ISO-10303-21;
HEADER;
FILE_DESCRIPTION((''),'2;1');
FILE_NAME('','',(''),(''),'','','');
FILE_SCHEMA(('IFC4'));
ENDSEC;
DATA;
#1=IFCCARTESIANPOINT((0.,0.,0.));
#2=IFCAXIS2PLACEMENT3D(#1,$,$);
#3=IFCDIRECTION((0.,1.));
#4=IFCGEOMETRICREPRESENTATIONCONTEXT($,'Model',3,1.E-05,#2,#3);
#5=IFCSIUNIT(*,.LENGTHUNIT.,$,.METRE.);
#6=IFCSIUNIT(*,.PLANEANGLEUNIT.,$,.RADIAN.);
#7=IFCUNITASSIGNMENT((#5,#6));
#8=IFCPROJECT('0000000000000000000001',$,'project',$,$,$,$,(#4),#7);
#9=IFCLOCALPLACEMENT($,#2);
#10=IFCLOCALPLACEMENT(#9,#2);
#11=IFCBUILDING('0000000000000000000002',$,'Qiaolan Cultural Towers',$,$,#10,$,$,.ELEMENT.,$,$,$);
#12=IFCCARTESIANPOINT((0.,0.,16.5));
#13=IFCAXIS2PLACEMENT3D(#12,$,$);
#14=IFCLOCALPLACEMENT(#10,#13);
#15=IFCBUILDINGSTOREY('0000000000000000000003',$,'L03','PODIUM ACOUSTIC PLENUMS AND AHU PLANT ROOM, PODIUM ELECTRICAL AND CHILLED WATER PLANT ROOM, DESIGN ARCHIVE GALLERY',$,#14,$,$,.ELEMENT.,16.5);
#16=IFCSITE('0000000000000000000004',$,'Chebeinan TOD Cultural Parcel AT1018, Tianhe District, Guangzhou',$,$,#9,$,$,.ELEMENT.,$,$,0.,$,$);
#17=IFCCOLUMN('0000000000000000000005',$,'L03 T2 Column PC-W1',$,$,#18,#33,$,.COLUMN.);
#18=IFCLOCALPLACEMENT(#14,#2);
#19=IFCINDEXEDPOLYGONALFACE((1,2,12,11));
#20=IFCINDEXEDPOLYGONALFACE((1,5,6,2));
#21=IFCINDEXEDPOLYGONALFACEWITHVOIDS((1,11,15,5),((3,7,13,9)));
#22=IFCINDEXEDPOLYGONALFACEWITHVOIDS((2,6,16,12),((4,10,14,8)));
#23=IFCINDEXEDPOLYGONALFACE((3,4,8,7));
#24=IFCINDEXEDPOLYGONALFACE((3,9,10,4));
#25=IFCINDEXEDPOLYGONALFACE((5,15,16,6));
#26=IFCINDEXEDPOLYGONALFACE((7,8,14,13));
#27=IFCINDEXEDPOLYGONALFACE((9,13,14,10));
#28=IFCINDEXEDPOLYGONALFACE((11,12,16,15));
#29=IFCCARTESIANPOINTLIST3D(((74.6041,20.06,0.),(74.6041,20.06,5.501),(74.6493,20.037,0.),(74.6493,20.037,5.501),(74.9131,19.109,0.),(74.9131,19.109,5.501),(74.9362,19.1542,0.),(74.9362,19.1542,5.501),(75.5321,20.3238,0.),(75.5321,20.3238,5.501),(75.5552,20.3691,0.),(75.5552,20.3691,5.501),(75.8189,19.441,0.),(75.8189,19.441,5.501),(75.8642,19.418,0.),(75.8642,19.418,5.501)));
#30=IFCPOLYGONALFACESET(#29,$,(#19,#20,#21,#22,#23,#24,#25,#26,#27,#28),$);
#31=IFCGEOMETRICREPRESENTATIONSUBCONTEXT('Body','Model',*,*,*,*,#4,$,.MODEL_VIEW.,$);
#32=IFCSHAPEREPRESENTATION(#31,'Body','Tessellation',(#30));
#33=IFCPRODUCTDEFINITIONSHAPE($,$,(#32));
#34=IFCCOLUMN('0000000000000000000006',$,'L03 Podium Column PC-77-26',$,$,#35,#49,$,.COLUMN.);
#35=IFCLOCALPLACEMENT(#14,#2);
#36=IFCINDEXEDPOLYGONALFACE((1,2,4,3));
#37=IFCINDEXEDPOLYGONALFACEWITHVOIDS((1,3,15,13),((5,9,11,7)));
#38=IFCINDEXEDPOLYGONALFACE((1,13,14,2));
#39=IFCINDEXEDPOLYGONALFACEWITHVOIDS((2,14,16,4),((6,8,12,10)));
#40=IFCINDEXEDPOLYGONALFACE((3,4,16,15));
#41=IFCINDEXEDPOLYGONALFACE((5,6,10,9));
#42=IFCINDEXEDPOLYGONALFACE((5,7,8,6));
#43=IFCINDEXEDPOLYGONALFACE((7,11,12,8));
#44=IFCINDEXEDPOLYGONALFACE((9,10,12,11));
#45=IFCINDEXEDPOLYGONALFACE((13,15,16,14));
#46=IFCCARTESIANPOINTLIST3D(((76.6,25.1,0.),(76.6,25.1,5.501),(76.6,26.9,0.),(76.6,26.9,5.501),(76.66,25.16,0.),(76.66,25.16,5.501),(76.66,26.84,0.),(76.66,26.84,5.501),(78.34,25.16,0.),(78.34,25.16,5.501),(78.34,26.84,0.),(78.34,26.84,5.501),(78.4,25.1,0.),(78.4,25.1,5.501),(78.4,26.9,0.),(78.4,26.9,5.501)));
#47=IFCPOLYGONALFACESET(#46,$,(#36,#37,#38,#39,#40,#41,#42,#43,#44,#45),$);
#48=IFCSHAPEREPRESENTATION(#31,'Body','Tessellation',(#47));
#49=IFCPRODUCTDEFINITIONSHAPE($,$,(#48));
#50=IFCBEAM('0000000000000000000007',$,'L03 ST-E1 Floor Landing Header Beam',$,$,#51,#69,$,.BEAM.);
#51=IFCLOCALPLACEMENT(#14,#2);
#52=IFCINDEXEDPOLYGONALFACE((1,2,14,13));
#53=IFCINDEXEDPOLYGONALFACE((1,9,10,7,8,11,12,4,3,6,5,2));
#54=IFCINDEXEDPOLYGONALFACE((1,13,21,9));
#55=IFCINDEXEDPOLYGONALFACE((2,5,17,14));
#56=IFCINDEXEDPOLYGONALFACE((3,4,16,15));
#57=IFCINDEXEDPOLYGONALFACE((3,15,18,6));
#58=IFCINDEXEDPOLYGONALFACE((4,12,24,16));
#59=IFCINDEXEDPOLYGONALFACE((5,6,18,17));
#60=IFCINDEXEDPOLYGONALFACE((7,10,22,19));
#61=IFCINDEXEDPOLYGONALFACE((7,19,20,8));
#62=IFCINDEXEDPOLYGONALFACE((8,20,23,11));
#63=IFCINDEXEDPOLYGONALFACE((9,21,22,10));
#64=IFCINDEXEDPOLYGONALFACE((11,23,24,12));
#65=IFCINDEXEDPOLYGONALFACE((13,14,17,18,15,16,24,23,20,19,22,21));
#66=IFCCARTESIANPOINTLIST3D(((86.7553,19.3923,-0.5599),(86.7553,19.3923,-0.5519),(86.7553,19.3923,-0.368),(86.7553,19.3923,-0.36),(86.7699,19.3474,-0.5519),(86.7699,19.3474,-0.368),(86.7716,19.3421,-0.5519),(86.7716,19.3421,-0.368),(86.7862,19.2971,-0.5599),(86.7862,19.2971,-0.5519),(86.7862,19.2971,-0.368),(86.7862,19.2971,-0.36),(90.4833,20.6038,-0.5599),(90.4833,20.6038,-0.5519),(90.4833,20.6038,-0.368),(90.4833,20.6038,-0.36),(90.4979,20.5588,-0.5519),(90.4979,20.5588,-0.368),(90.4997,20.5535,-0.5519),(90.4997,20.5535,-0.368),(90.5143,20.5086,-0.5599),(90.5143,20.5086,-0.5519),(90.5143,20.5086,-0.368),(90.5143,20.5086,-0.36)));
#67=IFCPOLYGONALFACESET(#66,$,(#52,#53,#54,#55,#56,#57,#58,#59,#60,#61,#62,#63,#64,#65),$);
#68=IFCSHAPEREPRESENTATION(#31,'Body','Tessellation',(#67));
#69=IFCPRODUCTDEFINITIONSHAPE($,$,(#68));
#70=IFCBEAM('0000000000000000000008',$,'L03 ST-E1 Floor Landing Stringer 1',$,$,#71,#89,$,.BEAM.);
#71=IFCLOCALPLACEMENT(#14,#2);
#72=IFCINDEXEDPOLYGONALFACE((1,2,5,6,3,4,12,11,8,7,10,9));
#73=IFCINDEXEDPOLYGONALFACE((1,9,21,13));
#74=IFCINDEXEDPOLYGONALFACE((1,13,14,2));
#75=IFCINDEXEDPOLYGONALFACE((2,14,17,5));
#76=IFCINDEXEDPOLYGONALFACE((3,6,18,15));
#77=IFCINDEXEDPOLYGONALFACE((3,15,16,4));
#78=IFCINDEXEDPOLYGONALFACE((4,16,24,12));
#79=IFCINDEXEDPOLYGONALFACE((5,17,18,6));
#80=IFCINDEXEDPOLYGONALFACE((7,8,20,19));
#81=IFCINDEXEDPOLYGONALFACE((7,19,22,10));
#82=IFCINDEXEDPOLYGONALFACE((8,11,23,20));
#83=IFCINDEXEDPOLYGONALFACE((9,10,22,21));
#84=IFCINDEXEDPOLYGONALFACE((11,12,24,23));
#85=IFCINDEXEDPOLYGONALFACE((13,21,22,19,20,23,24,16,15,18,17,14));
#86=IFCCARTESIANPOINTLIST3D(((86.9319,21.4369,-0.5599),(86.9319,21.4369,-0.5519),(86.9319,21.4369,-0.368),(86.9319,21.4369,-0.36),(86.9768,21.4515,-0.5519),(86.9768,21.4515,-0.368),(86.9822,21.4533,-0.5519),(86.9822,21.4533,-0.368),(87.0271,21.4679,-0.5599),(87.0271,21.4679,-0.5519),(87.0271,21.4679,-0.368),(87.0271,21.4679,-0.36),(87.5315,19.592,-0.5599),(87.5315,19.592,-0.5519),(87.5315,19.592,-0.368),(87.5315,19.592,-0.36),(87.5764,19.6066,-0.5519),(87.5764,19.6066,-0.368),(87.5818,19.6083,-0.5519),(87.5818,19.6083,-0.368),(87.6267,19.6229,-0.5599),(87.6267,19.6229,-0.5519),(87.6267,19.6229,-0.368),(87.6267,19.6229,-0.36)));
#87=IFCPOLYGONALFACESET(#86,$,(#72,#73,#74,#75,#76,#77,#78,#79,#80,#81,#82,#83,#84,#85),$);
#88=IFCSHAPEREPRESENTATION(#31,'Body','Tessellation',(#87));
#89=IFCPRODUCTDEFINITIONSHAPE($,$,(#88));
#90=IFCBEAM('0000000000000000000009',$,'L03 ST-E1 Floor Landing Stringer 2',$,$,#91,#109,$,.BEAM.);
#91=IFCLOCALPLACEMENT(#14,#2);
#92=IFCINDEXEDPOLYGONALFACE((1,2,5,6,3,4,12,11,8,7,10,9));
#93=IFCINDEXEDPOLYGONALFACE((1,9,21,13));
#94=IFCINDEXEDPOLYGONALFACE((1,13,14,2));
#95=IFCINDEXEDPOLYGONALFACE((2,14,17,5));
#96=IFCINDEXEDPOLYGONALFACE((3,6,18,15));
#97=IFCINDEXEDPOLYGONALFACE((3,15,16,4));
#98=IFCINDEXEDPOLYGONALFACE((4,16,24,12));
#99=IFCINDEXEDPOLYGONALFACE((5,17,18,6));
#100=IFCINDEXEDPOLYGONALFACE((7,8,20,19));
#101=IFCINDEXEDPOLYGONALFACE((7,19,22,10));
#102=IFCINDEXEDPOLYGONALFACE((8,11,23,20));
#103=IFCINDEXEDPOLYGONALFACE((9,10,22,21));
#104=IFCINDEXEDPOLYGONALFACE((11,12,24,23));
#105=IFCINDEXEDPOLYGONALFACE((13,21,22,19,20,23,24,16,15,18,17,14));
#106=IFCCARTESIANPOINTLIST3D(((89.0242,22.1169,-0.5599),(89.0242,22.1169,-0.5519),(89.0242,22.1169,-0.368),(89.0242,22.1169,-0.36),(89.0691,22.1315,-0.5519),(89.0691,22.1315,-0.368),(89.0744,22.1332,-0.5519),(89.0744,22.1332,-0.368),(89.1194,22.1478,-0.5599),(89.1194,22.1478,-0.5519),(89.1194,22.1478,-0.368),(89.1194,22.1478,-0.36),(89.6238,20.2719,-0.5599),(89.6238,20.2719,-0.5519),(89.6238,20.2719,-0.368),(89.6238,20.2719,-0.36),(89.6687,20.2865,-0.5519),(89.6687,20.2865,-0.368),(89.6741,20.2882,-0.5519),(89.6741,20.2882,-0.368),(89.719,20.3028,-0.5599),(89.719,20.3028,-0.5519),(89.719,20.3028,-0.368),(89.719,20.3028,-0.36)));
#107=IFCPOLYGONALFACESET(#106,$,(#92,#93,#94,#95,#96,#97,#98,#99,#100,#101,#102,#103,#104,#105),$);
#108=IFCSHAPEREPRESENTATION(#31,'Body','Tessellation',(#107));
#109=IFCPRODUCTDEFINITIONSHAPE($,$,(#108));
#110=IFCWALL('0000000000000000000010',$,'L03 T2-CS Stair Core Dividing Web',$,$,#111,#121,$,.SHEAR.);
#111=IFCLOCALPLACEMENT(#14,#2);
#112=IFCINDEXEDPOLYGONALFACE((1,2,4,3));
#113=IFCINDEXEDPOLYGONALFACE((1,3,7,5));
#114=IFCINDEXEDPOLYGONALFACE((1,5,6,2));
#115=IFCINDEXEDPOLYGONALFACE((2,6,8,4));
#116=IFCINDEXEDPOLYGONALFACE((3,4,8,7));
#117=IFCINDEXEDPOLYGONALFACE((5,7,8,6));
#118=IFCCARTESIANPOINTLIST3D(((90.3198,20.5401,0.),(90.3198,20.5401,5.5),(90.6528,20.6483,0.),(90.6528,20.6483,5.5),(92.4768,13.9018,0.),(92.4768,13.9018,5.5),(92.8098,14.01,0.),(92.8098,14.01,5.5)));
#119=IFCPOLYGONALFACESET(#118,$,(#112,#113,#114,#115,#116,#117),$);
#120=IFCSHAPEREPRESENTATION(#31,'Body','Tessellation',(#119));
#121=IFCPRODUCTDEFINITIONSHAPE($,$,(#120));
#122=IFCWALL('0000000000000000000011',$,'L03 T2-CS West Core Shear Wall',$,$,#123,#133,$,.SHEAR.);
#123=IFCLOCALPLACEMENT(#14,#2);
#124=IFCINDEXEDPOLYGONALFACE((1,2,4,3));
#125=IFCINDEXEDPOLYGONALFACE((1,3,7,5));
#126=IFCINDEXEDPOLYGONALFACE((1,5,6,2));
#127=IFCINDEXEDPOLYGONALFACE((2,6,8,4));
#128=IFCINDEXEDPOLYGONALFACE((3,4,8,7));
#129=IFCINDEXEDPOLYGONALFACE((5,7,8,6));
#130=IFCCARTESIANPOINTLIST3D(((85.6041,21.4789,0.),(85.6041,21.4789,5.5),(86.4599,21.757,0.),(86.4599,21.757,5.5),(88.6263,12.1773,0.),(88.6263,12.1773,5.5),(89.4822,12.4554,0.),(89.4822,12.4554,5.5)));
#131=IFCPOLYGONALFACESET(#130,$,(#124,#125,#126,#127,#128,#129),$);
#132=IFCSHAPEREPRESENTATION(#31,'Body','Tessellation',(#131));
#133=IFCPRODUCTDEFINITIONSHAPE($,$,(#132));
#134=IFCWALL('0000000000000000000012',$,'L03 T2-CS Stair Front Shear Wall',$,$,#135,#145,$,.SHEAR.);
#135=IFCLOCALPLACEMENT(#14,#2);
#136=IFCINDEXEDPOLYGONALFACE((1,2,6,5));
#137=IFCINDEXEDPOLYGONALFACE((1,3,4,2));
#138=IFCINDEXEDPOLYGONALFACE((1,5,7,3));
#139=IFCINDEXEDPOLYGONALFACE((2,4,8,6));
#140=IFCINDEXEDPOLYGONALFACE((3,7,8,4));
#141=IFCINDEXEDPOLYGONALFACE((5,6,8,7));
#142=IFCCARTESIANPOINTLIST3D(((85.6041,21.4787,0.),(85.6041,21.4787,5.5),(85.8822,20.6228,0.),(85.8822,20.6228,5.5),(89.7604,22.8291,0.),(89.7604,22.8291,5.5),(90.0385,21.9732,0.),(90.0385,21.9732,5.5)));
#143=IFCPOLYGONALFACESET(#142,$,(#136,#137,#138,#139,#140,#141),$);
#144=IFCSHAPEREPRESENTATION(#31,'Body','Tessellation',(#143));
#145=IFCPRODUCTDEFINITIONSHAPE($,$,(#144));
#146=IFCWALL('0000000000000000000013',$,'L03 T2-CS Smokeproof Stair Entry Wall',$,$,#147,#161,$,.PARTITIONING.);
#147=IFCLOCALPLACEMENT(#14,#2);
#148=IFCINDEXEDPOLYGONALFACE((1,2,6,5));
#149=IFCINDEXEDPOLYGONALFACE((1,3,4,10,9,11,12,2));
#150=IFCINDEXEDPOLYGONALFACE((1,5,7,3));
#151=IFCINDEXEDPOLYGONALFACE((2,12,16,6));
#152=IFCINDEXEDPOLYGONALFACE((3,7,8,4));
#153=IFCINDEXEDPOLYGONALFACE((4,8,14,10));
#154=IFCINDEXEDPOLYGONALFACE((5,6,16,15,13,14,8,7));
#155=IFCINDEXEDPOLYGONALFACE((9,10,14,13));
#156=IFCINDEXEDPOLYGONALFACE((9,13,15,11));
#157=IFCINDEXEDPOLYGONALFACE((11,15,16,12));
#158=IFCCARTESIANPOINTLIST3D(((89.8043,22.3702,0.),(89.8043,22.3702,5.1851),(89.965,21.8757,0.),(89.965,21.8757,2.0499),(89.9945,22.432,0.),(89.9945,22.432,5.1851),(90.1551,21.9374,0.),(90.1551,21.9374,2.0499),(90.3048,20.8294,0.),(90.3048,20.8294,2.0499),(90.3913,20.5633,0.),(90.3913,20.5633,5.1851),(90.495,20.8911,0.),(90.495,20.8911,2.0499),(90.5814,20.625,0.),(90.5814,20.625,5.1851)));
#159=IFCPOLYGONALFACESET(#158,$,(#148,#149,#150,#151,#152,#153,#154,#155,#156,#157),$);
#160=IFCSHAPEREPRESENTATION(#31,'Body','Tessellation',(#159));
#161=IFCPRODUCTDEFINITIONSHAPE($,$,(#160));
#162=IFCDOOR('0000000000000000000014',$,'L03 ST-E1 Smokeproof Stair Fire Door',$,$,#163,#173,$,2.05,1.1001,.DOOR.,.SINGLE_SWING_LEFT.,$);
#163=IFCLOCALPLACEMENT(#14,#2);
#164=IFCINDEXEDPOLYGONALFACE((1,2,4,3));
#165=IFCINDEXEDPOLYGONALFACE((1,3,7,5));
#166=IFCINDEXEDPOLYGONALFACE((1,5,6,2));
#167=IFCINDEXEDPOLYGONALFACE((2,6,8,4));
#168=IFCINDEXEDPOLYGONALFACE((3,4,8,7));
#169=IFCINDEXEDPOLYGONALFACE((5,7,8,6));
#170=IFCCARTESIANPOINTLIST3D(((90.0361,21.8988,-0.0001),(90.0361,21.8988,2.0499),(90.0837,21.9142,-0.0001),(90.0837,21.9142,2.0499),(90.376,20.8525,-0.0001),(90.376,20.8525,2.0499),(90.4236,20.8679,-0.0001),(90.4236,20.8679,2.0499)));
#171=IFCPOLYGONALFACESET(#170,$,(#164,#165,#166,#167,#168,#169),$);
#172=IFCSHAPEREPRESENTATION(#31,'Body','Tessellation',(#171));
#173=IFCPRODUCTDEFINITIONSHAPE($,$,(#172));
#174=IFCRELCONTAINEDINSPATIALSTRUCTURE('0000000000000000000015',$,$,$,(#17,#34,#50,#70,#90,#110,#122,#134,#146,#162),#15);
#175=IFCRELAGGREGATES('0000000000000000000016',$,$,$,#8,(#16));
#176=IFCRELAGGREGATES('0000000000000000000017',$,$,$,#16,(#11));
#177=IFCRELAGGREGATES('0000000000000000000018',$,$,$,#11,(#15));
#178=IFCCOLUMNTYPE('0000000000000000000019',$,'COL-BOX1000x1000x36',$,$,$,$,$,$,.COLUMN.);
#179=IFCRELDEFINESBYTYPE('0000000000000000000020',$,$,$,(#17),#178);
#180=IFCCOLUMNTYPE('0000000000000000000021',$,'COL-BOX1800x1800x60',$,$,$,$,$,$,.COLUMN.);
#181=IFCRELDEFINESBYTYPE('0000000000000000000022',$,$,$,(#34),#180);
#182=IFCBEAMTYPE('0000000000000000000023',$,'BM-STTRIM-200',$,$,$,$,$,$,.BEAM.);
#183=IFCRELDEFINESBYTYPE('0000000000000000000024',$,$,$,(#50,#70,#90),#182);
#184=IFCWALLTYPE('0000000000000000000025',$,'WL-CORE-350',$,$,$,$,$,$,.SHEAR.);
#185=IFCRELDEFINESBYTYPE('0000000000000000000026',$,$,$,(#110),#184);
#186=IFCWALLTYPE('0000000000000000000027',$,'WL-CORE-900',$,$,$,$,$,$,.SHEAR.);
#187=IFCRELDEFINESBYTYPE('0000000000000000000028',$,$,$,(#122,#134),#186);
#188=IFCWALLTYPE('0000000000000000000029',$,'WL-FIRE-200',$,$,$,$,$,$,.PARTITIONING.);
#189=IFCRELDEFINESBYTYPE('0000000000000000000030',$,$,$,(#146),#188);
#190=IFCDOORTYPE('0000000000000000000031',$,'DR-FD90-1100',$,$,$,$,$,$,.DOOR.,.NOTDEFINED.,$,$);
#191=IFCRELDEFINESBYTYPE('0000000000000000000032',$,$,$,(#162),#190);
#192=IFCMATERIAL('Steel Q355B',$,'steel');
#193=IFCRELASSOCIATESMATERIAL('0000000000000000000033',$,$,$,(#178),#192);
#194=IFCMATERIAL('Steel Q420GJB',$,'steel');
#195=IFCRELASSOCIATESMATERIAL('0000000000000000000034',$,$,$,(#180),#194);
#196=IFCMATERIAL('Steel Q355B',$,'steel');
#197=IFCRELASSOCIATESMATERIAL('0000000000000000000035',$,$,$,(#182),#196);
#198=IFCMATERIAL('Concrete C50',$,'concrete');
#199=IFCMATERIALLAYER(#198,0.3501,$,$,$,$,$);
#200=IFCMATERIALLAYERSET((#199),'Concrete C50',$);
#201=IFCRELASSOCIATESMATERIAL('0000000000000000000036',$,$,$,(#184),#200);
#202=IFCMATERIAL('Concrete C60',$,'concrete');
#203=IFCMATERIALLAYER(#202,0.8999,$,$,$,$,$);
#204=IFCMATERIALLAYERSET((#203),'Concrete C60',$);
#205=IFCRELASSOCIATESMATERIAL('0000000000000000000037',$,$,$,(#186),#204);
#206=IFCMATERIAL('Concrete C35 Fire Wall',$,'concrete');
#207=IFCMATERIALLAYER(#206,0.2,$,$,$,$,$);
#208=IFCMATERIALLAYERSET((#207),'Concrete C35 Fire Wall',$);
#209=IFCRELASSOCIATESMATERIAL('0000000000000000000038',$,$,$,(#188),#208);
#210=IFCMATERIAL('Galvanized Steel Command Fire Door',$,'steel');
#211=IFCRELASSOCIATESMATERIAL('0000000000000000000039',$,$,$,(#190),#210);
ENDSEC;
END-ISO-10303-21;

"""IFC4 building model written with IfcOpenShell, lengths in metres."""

from ifc_helpers import new_model, si_unit, direction, frame, frame_2d, origin, origin_2d, place, context, subcontext, project, spatial, rectangle, hollow_rectangle, i_section, extrude, material, layer, layer_set, material_profile, profile_set, type_object, element, fill, save


model = new_model("IFC4")

# Units and contexts
model_context = context("Model", 3, precision=1e-05, world=origin(), true_north=direction((0.0, 1.0)))
body_context = subcontext(model_context, "Body", "Model", "MODEL_VIEW")
ifc_project = project(units=[si_unit("LENGTHUNIT", "METRE"), si_unit("PLANEANGLEUNIT", "RADIAN")], contexts=[model_context])

# Site, building, storey
site_placement = place(None, origin())
site = spatial("IfcSite", under=ifc_project, at=site_placement, Name="Chebeinan TOD Cultural Parcel AT1018, Tianhe District, Guangzhou", CompositionType="ELEMENT", RefElevation=0.0)
building_placement = place(site_placement, origin())
building = spatial("IfcBuilding", under=site, at=building_placement, Name="Qiaolan Cultural Towers", CompositionType="ELEMENT")
storey_placement = place(building_placement, frame((0.0, 0.0, 16.5)))
storey = spatial("IfcBuildingStorey", under=building, at=storey_placement, Name="L03", Description="PODIUM ACOUSTIC PLENUMS AND AHU PLANT ROOM, PODIUM ELECTRICAL AND CHILLED WATER PLANT ROOM, DESIGN ARCHIVE GALLERY", CompositionType="ELEMENT", Elevation=16.5)

# Columns
ifc_material_1 = material(Name="Steel Q355B", Category="steel")
ifc_material_profile_1 = material_profile(ifc_material_1, hollow_rectangle(XDim=1.0, YDim=1.0, WallThickness=0.0359, at=origin_2d()), Name="BOX1000x1000x36")
ifc_profile_set_1 = profile_set([ifc_material_profile_1], Name="Steel Q355B")
column_type_1 = type_object("IfcColumnType", Name="COL-BOX1000x1000x36", PredefinedType="COLUMN", material=ifc_profile_set_1)
column_1_placement = place(storey_placement, frame((75.2341, 19.739, 0.0), z_axis=(0.0, 0.0, 1.0), x_axis=(0.951057, 0.309017, 0.0)))
element("IfcColumn", 1, at=column_1_placement, inside=storey, type_object=column_type_1, Name="L03 T2 Column PC-W1", PredefinedType="COLUMN", context=body_context, shape_type="SweptSolid", body=[
    extrude(hollow_rectangle(XDim=1.0, YDim=1.0, WallThickness=0.0359, at=origin_2d()), origin(), (0.0, 0.0, 1.0), 5.501),
])
ifc_material_2 = material(Name="Steel Q420GJB", Category="steel")
ifc_material_profile_2 = material_profile(ifc_material_2, hollow_rectangle(XDim=1.8, YDim=1.8, WallThickness=0.0601, at=origin_2d()), Name="BOX1800x1800x60")
ifc_profile_set_2 = profile_set([ifc_material_profile_2], Name="Steel Q420GJB")
column_type_2 = type_object("IfcColumnType", Name="COL-BOX1800x1800x60", PredefinedType="COLUMN", material=ifc_profile_set_2)
column_2_placement = place(storey_placement, frame((77.5, 26.0, 0.0), z_axis=(0.0, 0.0, 1.0), x_axis=(1.0, 0.0, 0.0)))
element("IfcColumn", 2, at=column_2_placement, inside=storey, type_object=column_type_2, Name="L03 Podium Column PC-77-26", PredefinedType="COLUMN", context=body_context, shape_type="SweptSolid", body=[
    extrude(hollow_rectangle(XDim=1.8, YDim=1.8, WallThickness=0.0601, at=origin_2d()), origin(), (0.0, 0.0, 1.0), 5.501),
])

# Beams
ifc_material_3 = material(Name="Steel Q355B", Category="steel")
ifc_material_profile_3 = material_profile(ifc_material_3, i_section(OverallWidth=0.1001, OverallDepth=0.2, WebThickness=0.0056, FlangeThickness=0.0081, at=origin_2d()), Name="HN200x100x5.5x8")
ifc_profile_set_3 = profile_set([ifc_material_profile_3], Name="Steel Q355B")
beam_type = type_object("IfcBeamType", Name="BM-STTRIM-200", PredefinedType="BEAM", material=ifc_profile_set_3)
beam_placement = place(storey_placement, frame((86.7708, 19.3447, -0.46), z_axis=(0.951048, 0.309044, 0.0), x_axis=(-0.309044, 0.951048, 0.0)))
element("IfcBeam", 3, at=beam_placement, inside=storey, type_object=beam_type, Name="L03 ST-E1 Floor Landing Header Beam", PredefinedType="BEAM", context=body_context, shape_type="SweptSolid", body=[
    extrude(i_section(OverallWidth=0.1001, OverallDepth=0.2, WebThickness=0.0056, FlangeThickness=0.0081, at=origin_2d()), origin(), (0.0, 0.0, 1.0), 3.9199),
])
for number, where, z_axis, x_axis, name in (
    (4, (86.9795, 21.4524, -0.46), (0.309083, -0.951035, 0.0), (0.951035, 0.309083, 0.0), "L03 ST-E1 Floor Landing Stringer 1"),
    (5, (89.0718, 22.1323, -0.46), (0.309083, -0.951035, 0.0), (0.951035, 0.309083, 0.0), "L03 ST-E1 Floor Landing Stringer 2"),
):
    element("IfcBeam", number, at=place(storey_placement, frame(where, z_axis=z_axis, x_axis=x_axis)), inside=storey, type_object=beam_type, Name=name, PredefinedType="BEAM", context=body_context, shape_type="SweptSolid", body=[
        extrude(i_section(OverallWidth=0.1001, OverallDepth=0.2, WebThickness=0.0056, FlangeThickness=0.0081, at=origin_2d()), origin(), (0.0, 0.0, 1.0), 1.9399),
    ])

# Walls
ifc_material_4 = material(Name="Concrete C50", Category="concrete")
ifc_layer_1 = layer(ifc_material_4, 0.3501)
ifc_layer_set_1 = layer_set([ifc_layer_1], Name="Concrete C50")
wall_type_1 = type_object("IfcWallType", Name="WL-CORE-350", PredefinedType="SHEAR", material=ifc_layer_set_1)
wall_1_placement = place(storey_placement, frame((90.4863, 20.5942, 0.0), z_axis=(0.0, 0.0, 1.0), x_axis=(0.30902, -0.951055, 0.0)))
element("IfcWall", 6, at=wall_1_placement, inside=storey, type_object=wall_type_1, Name="L03 T2-CS Stair Core Dividing Web", PredefinedType="SHEAR", context=body_context, shape_type="SweptSolid", body=[
    extrude(rectangle(XDim=6.98, YDim=0.3501, at=frame_2d((3.49, 0.0))), origin(), (0.0, 0.0, 1.0), 5.5),
])
ifc_material_5 = material(Name="Concrete C60", Category="concrete")
ifc_layer_2 = layer(ifc_material_5, 0.8999)
ifc_layer_set_2 = layer_set([ifc_layer_2], Name="Concrete C60")
wall_type_2 = type_object("IfcWallType", Name="WL-CORE-900", PredefinedType="SHEAR", material=ifc_layer_set_2)
wall_2_placement = place(storey_placement, frame((86.032, 21.6179, 0.0), z_axis=(0.0, 0.0, 1.0), x_axis=(0.309014, -0.951057, 0.0)))
element("IfcWall", 7, at=wall_2_placement, inside=storey, type_object=wall_type_2, Name="L03 T2-CS West Core Shear Wall", PredefinedType="SHEAR", context=body_context, shape_type="SweptSolid", body=[
    extrude(rectangle(XDim=9.7803, YDim=0.8999, at=frame_2d((4.8901, 0.0))), origin(), (0.0, 0.0, 1.0), 5.5),
])
wall_3_placement = place(storey_placement, frame((85.7432, 21.0508, 0.0), z_axis=(0.0, 0.0, 1.0), x_axis=(0.951064, 0.308995, 0.0)))
element("IfcWall", 8, at=wall_3_placement, inside=storey, type_object=wall_type_2, Name="L03 T2-CS Stair Front Shear Wall", PredefinedType="SHEAR", context=body_context, shape_type="SweptSolid", body=[
    extrude(rectangle(XDim=4.3701, YDim=0.8999, at=frame_2d((2.1851, 0.0))), origin(), (0.0, 0.0, 1.0), 5.5),
])

# Wall, opening, door
ifc_material_6 = material(Name="Concrete C35 Fire Wall", Category="concrete")
ifc_layer_3 = layer(ifc_material_6, 0.2)
ifc_layer_set_3 = layer_set([ifc_layer_3], Name="Concrete C35 Fire Wall")
wall_type_3 = type_object("IfcWallType", Name="WL-FIRE-200", PredefinedType="PARTITIONING", material=ifc_layer_set_3)
wall_4_placement = place(storey_placement, frame((89.8994, 22.4011, 0.0), z_axis=(0.0, 0.0, 1.0), x_axis=(0.308932, -0.951084, 0.0)))
wall_4 = element("IfcWall", 9, at=wall_4_placement, inside=storey, type_object=wall_type_3, Name="L03 T2-CS Smokeproof Stair Entry Wall", PredefinedType="PARTITIONING", context=body_context, shape_type="SweptSolid", body=[
    extrude(rectangle(XDim=1.8999, YDim=0.2, at=frame_2d((0.95, 0.0))), origin(), (0.0, 0.0, 1.0), 5.1851),
])
opening_1_placement = place(wall_4_placement, frame((0.52, 0.0, 0.0)))
opening_1 = element("IfcOpeningElement", 10, at=opening_1_placement, cuts=wall_4, PredefinedType="OPENING", context=body_context, shape_type="SweptSolid", body=[
    extrude(rectangle(XDim=1.1001, YDim=2.05, at=frame_2d((0.55, 1.0249))), frame((0.0, 0.1099, 0.0), z_axis=(0.0, -1.0, 0.0), x_axis=(1.0, 0.0, 0.0)), (0.0, 0.0, 1.0), 0.22),
])
ifc_material_7 = material(Name="Galvanized Steel Command Fire Door", Category="steel")
door_type_1 = type_object("IfcDoorType", Name="DR-FD90-1100", OperationType="NOTDEFINED", PredefinedType="DOOR", material=ifc_material_7)
door_1_placement = place(opening_1_placement, origin())
door_1 = element("IfcDoor", 11, at=door_1_placement, inside=storey, type_object=door_type_1, Name="L03 ST-E1 Smokeproof Stair Fire Door", OperationType="SINGLE_SWING_LEFT", OverallHeight=2.05, OverallWidth=1.1001, PredefinedType="DOOR", context=body_context, shape_type="SweptSolid", body=[
    extrude(rectangle(XDim=1.1001, YDim=2.05, at=frame_2d((0.55, 1.0249))), frame((0.0, 0.0249, 0.0), z_axis=(0.0, -1.0, 0.0), x_axis=(1.0, 0.0, 0.0)), (0.0, 0.0, 1.0), 0.05),
])
fill(opening_1, door_1)

save(model, "model.ifc")
